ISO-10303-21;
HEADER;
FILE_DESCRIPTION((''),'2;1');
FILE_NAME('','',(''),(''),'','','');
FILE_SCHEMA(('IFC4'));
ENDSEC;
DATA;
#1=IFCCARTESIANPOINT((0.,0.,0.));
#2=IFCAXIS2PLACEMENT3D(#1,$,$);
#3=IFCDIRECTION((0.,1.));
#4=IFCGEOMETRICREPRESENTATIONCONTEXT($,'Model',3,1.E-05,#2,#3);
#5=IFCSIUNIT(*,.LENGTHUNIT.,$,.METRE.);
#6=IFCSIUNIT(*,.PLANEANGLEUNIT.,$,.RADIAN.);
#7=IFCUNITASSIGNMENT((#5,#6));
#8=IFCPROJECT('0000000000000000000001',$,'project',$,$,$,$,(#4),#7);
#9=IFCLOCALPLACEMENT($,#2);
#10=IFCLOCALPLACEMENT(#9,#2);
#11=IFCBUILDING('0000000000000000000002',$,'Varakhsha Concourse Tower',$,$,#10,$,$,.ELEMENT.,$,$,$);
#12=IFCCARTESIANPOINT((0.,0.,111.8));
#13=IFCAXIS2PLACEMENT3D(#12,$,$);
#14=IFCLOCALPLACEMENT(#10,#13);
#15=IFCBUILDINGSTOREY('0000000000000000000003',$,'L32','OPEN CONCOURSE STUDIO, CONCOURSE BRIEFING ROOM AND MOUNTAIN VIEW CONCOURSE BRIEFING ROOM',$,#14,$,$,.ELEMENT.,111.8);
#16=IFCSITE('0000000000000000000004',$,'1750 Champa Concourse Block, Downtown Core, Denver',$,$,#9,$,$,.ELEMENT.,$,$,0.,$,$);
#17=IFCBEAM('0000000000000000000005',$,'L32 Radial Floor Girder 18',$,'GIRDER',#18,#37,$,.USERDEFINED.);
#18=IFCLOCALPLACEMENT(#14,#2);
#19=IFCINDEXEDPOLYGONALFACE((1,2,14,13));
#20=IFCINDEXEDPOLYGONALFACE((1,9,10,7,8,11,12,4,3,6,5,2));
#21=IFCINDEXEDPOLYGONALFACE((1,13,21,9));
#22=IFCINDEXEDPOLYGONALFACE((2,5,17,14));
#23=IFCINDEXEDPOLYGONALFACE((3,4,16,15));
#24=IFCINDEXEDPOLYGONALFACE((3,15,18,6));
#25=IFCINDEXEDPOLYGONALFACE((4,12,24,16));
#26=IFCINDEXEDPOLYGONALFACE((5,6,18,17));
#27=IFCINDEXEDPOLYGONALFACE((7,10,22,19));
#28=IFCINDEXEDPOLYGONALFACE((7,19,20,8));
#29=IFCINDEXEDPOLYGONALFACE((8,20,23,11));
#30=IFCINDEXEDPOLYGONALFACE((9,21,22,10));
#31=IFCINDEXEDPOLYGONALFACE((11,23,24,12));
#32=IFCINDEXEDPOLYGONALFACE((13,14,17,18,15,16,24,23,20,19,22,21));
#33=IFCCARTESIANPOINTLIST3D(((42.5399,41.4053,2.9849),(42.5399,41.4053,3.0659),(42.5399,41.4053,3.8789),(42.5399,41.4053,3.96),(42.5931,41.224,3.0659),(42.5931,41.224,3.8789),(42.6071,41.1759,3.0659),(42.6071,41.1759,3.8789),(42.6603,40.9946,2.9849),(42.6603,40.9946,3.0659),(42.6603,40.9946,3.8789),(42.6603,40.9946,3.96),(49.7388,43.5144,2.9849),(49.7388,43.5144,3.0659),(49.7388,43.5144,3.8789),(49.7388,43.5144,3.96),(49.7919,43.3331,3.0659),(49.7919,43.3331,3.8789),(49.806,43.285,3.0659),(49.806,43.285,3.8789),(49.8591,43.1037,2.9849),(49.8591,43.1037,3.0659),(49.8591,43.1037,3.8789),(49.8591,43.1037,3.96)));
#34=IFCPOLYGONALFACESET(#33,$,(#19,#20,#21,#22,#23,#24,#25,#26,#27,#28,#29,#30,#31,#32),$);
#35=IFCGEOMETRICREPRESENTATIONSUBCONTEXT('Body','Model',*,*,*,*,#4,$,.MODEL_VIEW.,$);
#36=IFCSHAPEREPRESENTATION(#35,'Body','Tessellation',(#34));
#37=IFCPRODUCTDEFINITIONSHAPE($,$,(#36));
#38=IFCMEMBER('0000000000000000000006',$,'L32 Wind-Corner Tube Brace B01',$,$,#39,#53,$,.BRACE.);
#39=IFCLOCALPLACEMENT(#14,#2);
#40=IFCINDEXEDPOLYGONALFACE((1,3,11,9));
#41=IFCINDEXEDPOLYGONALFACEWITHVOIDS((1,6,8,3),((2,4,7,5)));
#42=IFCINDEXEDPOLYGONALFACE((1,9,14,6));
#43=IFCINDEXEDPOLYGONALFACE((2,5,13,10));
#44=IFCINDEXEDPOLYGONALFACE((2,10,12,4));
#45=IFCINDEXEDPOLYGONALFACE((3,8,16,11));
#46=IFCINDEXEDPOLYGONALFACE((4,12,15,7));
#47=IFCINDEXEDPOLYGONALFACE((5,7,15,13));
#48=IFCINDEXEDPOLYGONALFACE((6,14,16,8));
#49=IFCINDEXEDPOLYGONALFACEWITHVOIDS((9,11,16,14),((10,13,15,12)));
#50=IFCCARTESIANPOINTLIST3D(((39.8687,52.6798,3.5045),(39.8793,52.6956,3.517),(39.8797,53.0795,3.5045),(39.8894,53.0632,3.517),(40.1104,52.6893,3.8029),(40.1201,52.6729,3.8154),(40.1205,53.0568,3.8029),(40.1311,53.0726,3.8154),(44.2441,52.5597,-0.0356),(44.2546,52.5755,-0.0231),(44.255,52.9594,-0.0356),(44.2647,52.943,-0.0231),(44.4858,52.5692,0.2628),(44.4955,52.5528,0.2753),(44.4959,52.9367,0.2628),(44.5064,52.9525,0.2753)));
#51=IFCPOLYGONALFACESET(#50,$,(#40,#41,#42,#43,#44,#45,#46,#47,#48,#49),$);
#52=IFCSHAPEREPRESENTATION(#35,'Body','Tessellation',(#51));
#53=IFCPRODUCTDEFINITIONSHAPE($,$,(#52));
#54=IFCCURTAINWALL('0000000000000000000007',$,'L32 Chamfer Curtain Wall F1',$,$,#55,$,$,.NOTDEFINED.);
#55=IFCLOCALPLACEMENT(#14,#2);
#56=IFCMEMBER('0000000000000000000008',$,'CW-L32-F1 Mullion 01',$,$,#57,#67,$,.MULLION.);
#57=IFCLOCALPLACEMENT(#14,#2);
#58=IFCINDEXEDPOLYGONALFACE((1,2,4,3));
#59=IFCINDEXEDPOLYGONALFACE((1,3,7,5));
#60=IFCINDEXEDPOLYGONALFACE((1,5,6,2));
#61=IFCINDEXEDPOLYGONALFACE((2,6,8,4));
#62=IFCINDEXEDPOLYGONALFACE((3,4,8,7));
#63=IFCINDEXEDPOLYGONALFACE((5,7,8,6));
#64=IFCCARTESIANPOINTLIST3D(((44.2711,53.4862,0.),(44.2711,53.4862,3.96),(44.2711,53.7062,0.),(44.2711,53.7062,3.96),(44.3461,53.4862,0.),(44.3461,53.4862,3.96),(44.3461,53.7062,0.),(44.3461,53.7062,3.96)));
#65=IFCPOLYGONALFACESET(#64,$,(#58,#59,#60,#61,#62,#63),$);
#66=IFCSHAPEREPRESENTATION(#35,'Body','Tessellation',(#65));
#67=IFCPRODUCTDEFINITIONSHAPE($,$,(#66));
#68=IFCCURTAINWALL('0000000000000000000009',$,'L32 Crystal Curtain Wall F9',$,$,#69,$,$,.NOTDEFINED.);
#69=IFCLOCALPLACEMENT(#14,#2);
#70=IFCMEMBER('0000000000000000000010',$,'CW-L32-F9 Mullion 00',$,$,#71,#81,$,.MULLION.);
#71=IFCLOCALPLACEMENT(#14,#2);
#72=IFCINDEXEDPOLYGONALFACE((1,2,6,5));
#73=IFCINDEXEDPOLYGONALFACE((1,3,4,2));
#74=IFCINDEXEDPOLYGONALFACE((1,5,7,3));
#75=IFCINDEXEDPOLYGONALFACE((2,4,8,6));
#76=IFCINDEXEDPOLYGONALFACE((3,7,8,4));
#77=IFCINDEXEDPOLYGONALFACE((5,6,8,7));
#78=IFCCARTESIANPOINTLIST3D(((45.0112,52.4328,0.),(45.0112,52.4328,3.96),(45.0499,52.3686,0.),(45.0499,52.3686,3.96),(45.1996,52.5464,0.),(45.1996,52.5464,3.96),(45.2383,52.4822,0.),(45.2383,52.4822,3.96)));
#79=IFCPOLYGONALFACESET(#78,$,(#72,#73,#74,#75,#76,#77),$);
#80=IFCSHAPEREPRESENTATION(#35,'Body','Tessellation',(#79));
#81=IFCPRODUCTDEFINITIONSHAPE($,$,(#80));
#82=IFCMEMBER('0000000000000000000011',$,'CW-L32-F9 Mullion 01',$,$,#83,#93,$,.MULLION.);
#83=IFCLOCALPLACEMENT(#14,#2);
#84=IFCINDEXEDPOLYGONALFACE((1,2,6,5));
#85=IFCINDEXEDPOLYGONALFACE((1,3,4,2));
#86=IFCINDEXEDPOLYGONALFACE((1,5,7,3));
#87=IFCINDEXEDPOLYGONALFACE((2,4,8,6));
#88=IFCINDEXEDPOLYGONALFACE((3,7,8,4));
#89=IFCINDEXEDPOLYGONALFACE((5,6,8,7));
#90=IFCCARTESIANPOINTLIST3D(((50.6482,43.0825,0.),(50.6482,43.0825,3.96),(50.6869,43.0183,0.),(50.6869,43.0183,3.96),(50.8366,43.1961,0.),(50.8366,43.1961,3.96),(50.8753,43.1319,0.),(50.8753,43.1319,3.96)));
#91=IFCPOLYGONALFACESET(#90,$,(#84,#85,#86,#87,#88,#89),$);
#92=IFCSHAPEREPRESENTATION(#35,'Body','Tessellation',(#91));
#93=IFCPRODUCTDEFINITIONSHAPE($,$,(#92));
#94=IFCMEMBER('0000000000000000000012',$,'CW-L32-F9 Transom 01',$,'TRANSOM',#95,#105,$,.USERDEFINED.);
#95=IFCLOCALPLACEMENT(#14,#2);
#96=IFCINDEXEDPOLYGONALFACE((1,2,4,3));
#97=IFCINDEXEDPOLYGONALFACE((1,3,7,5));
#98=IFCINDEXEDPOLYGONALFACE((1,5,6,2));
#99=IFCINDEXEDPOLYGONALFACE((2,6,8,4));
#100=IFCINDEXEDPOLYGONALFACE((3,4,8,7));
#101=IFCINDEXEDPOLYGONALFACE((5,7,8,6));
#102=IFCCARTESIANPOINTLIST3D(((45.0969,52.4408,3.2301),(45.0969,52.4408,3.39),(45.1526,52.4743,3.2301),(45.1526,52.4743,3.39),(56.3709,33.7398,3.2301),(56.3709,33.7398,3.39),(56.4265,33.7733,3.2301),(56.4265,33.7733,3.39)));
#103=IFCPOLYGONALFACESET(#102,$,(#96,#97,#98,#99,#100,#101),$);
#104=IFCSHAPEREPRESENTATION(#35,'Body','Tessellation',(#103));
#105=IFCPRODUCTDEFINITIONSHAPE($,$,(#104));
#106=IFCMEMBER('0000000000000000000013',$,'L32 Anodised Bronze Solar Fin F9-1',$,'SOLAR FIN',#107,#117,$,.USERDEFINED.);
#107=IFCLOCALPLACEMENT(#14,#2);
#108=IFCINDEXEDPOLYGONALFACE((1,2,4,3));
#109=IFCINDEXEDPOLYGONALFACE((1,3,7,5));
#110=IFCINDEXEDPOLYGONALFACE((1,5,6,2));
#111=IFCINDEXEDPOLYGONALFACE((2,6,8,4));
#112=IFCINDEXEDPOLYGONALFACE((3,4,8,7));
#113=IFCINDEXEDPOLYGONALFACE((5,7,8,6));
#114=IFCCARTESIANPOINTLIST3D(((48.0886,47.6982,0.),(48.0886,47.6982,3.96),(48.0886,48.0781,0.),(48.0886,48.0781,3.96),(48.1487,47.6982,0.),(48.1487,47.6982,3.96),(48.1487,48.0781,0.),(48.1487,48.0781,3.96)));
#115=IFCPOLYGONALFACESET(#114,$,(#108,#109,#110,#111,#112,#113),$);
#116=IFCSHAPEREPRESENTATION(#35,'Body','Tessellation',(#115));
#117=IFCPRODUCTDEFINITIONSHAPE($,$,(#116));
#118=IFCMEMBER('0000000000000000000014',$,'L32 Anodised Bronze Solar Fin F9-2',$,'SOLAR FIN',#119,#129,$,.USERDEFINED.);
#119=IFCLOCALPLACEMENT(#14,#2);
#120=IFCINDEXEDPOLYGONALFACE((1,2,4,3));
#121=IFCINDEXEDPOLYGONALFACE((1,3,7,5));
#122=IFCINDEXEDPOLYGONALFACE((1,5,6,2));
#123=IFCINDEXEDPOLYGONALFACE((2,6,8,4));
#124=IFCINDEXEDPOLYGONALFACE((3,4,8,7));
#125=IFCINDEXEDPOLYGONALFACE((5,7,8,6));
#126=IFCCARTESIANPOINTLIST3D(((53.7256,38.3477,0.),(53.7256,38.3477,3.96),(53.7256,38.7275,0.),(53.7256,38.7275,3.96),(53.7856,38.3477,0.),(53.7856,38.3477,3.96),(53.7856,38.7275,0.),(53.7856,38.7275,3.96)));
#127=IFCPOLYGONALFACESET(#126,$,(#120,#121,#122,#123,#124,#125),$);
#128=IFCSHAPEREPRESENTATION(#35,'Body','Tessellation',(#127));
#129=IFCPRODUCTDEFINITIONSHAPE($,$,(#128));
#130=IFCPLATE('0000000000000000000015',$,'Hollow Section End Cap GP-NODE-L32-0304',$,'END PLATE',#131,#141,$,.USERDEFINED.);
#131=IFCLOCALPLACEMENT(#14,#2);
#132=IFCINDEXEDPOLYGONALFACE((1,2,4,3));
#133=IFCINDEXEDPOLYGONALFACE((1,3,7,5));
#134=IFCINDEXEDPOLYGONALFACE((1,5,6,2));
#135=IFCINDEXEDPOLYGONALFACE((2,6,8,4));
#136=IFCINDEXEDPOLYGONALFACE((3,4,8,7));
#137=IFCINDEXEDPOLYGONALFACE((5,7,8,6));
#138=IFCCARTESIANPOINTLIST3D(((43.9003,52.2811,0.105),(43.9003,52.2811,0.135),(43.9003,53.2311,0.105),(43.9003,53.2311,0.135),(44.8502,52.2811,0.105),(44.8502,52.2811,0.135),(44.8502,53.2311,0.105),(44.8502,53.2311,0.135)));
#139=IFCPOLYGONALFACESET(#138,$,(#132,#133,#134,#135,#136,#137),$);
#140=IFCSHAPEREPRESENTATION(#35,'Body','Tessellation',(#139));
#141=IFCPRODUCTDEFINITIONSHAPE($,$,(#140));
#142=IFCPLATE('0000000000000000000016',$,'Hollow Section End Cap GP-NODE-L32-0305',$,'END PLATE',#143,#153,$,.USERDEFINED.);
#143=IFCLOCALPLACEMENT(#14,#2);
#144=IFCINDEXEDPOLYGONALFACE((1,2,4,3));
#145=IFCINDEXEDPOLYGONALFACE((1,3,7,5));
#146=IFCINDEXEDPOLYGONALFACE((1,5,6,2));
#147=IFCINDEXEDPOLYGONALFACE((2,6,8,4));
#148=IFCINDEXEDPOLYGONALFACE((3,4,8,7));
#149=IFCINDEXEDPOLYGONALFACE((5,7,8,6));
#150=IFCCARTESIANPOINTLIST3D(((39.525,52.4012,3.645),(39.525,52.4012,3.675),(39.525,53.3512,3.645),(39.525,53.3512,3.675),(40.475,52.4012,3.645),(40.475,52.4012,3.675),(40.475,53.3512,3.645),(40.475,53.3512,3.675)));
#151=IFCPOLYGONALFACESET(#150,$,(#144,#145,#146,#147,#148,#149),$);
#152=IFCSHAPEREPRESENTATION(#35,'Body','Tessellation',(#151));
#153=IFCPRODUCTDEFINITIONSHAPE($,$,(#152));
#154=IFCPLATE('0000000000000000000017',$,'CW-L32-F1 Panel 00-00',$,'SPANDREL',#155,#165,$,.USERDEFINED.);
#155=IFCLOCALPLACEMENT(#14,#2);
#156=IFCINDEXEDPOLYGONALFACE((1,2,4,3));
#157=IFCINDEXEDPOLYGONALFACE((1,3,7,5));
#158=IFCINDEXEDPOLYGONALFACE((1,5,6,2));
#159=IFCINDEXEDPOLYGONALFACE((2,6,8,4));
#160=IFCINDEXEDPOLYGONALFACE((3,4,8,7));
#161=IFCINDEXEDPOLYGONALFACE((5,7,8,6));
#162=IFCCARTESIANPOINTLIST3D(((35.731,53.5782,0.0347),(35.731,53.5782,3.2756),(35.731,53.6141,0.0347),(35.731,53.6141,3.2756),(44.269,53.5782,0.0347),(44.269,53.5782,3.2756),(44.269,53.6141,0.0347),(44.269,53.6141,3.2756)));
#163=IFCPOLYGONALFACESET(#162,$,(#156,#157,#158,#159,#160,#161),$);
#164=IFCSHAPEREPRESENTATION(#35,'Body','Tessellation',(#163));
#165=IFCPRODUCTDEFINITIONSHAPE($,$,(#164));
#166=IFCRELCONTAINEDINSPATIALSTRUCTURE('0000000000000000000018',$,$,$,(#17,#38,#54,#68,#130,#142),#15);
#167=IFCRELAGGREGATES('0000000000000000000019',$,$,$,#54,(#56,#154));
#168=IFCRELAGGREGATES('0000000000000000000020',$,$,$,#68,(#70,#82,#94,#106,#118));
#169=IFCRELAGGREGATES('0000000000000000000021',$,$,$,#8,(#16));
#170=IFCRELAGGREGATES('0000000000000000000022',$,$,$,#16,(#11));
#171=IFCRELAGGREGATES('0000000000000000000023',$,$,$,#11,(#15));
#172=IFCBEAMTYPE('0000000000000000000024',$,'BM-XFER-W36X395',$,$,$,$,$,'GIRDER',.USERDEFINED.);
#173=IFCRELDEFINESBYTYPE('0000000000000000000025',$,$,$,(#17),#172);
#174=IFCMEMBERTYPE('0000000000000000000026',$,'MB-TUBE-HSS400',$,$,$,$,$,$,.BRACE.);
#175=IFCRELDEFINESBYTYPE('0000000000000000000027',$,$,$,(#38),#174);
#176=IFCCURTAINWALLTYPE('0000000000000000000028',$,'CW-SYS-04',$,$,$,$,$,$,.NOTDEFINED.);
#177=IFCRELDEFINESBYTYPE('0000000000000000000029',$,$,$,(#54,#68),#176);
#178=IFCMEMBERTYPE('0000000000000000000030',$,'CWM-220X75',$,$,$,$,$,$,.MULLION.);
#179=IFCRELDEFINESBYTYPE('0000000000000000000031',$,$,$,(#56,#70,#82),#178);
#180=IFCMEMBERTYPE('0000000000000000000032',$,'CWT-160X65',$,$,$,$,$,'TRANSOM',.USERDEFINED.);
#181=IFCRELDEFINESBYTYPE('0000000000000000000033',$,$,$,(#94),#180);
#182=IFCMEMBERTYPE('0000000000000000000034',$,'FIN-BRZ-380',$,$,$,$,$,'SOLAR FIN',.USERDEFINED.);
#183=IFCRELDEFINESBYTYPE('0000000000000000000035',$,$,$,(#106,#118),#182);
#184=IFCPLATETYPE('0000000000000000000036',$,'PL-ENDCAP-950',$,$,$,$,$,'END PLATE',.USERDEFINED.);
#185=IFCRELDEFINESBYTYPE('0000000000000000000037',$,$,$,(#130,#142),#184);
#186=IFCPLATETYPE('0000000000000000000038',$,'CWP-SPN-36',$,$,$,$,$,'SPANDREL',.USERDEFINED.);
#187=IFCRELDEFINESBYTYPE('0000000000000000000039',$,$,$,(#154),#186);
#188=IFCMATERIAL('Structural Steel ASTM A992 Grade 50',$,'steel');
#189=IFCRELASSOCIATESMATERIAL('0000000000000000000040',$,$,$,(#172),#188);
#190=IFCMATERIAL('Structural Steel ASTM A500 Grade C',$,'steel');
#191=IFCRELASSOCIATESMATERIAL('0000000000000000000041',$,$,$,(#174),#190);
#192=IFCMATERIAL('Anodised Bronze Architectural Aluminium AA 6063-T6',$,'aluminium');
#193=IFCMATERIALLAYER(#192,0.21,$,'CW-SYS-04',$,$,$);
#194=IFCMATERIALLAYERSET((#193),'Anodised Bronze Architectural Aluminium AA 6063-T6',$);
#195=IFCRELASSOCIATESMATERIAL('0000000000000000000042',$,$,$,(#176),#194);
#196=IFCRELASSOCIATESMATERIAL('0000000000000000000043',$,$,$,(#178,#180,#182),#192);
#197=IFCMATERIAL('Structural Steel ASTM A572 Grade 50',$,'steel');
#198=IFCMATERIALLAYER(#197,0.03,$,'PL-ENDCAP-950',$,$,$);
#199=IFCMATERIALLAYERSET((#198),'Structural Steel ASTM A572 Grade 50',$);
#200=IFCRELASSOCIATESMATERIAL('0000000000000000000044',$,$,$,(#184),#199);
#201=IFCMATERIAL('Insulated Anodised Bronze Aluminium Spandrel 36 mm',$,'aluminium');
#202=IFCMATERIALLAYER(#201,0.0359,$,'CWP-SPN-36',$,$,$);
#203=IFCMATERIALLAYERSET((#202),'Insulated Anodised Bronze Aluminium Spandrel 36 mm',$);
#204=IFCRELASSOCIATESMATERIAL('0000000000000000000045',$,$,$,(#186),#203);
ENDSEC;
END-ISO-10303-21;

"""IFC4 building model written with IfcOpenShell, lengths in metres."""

from ifc_helpers import new_model, si_unit, direction, frame, origin, origin_2d, place, context, subcontext, project, spatial, rectangle, hollow_rectangle, i_section, extrude, source, transform, mapped, material, layer, layer_set, material_profile, profile_set, type_object, type_shapes, element, aggregate, save


model = new_model("IFC4")

# Units and contexts
model_context = context("Model", 3, precision=1e-05, world=origin(), true_north=direction((0.0, 1.0)))
body_context = subcontext(model_context, "Body", "Model", "MODEL_VIEW")
ifc_project = project(units=[si_unit("LENGTHUNIT", "METRE"), si_unit("PLANEANGLEUNIT", "RADIAN")], contexts=[model_context])

# Site, building, storey
site_placement = place(None, origin())
site = spatial("IfcSite", under=ifc_project, at=site_placement, Name="1750 Champa Concourse Block, Downtown Core, Denver", CompositionType="ELEMENT", RefElevation=0.0)
building_placement = place(site_placement, origin())
building = spatial("IfcBuilding", under=site, at=building_placement, Name="Varakhsha Concourse Tower", CompositionType="ELEMENT")
storey_placement = place(building_placement, frame((0.0, 0.0, 111.8)))
storey = spatial("IfcBuildingStorey", under=building, at=storey_placement, Name="L32", Description="OPEN CONCOURSE STUDIO, CONCOURSE BRIEFING ROOM AND MOUNTAIN VIEW CONCOURSE BRIEFING ROOM", CompositionType="ELEMENT", Elevation=111.8)

# Shared definitions
ifc_material_1 = material(Name="Structural Steel ASTM A992 Grade 50", Category="steel")
ifc_material_2 = material(Name="Structural Steel ASTM A572 Grade 50", Category="steel")

# Beam
ifc_material_profile_1 = material_profile(ifc_material_1, i_section(OverallWidth=0.428, OverallDepth=0.9751, WebThickness=0.05, FlangeThickness=0.0811, at=origin_2d()), Name="W36X395")
ifc_profile_set_1 = profile_set([ifc_material_profile_1], Name="Structural Steel ASTM A992 Grade 50")
beam_type_1 = type_object("IfcBeamType", Name="BM-XFER-W36X395", ElementType="GIRDER", PredefinedType="USERDEFINED", material=ifc_profile_set_1)
beam_1_placement = place(storey_placement, frame((42.6001, 41.2, 3.4724), z_axis=(0.959661, 0.281158, 0.0), x_axis=(-0.281158, 0.959661, 0.0)))
element("IfcBeam", 1, at=beam_1_placement, inside=storey, type_object=beam_type_1, Name="L32 Radial Floor Girder 18", ObjectType="GIRDER", PredefinedType="USERDEFINED", context=body_context, shape_type="SweptSolid", body=[
    extrude(i_section(OverallWidth=0.428, OverallDepth=0.9751, WebThickness=0.05, FlangeThickness=0.0811, at=origin_2d()), origin(), (0.0, 0.0, 1.0), 7.5015),
])

# Member
ifc_material_3 = material(Name="Structural Steel ASTM A500 Grade C", Category="steel")
ifc_material_profile_2 = material_profile(ifc_material_3, hollow_rectangle(XDim=0.3999, YDim=0.3999, WallThickness=0.0161, at=origin_2d()), Name="HSS 400x400x16")
ifc_profile_set_2 = profile_set([ifc_material_profile_2], Name="Structural Steel ASTM A500 Grade C")
member_type_1 = type_object("IfcMemberType", Name="MB-TUBE-HSS400", PredefinedType="BRACE", material=ifc_profile_set_2)
shared_shape_1 = source(origin(), body_context, "Body", "SweptSolid", [
    extrude(hollow_rectangle(XDim=0.3999, YDim=0.3999, WallThickness=0.0161, at=origin_2d()), origin(), (0.0, 0.0, 1.0), 5.6294),
])
type_shapes(member_type_1, [shared_shape_1])
member_1_placement = place(storey_placement, frame((44.3752, 52.7561, 0.1199), z_axis=(-0.777226, 0.021338, 0.628859), x_axis=(-0.027443, -0.999623, 0.0)))
element("IfcMember", 2, at=member_1_placement, inside=storey, type_object=member_type_1, Name="L32 Wind-Corner Tube Brace B01", PredefinedType="BRACE", context=body_context, shape_type="MappedRepresentation", body=[
    mapped(shared_shape_1, transform((0.0, 0.0, 0.0), scale=1.0)),
])

# Curtain wall, member
ifc_material_4 = material(Name="Anodised Bronze Architectural Aluminium AA 6063-T6", Category="aluminium")
ifc_layer_1 = layer(ifc_material_4, 0.21, Name="CW-SYS-04")
ifc_layer_set_1 = layer_set([ifc_layer_1], Name="Anodised Bronze Architectural Aluminium AA 6063-T6")
curtain_wall_type = type_object("IfcCurtainWallType", Name="CW-SYS-04", PredefinedType="NOTDEFINED", material=ifc_layer_set_1)
curtain_wall_1_placement = place(storey_placement, origin())
curtain_wall_1 = element("IfcCurtainWall", 3, at=curtain_wall_1_placement, inside=storey, type_object=curtain_wall_type, Name="L32 Chamfer Curtain Wall F1", PredefinedType="NOTDEFINED")
ifc_material_profile_3 = material_profile(ifc_material_4, rectangle(XDim=0.075, YDim=0.22, at=origin_2d()), Name="CWM-220X75")
ifc_profile_set_3 = profile_set([ifc_material_profile_3], Name="Anodised Bronze Architectural Aluminium AA 6063-T6")
member_type_2 = type_object("IfcMemberType", Name="CWM-220X75", PredefinedType="MULLION", material=ifc_profile_set_3)
shared_shape_2 = source(origin(), body_context, "Body", "SweptSolid", [
    extrude(rectangle(XDim=0.075, YDim=0.22, at=origin_2d()), origin(), (0.0, 0.0, 1.0), 3.96),
])
type_shapes(member_type_2, [shared_shape_2])
member_2_placement = place(storey_placement, frame((44.3086, 53.5962, 0.0), z_axis=(0.0, 0.0, 1.0), x_axis=(1.0, 0.0, 0.0)))
member_2 = element("IfcMember", 4, at=member_2_placement, type_object=member_type_2, Name="CW-L32-F1 Mullion 01", PredefinedType="MULLION", context=body_context, shape_type="MappedRepresentation", body=[
    mapped(shared_shape_2, transform((0.0, 0.0, 0.0), scale=1.0)),
])

# Curtain wall, members
curtain_wall_2_placement = place(storey_placement, origin())
curtain_wall_2 = element("IfcCurtainWall", 5, at=curtain_wall_2_placement, inside=storey, type_object=curtain_wall_type, Name="L32 Crystal Curtain Wall F9", PredefinedType="NOTDEFINED")
member_3_placement = place(storey_placement, frame((45.1248, 52.4575, 0.0), z_axis=(0.0, 0.0, 1.0), x_axis=(0.51629, -0.856414, 0.0)))
member_3 = element("IfcMember", 6, at=member_3_placement, type_object=member_type_2, Name="CW-L32-F9 Mullion 00", PredefinedType="MULLION", context=body_context, shape_type="MappedRepresentation", body=[
    mapped(shared_shape_2, transform((0.0, 0.0, 0.0), scale=1.0)),
])
member_4_placement = place(storey_placement, frame((50.7617, 43.1072, 0.0), z_axis=(0.0, 0.0, 1.0), x_axis=(0.51629, -0.856414, 0.0)))
member_4 = element("IfcMember", 7, at=member_4_placement, type_object=member_type_2, Name="CW-L32-F9 Mullion 01", PredefinedType="MULLION", context=body_context, shape_type="MappedRepresentation", body=[
    mapped(shared_shape_2, transform((0.0, 0.0, 0.0), scale=1.0)),
])
ifc_material_profile_4 = material_profile(ifc_material_4, rectangle(XDim=0.0649, YDim=0.1599, at=origin_2d()), Name="CWT-160X65")
ifc_profile_set_4 = profile_set([ifc_material_profile_4], Name="Anodised Bronze Architectural Aluminium AA 6063-T6")
member_type_3 = type_object("IfcMemberType", Name="CWT-160X65", ElementType="TRANSOM", PredefinedType="USERDEFINED", material=ifc_profile_set_4)
shared_shape_3 = source(origin(), body_context, "Body", "SweptSolid", [
    extrude(rectangle(XDim=0.0649, YDim=0.1599, at=origin_2d()), origin(), (0.0, 0.0, 1.0), 21.8364),
])
type_shapes(member_type_3, [shared_shape_3])
member_5_placement = place(storey_placement, frame((45.1248, 52.4575, 3.3101), z_axis=(0.516292, -0.856413, 0.0), x_axis=(0.856413, 0.516292, 0.0)))
member_5 = element("IfcMember", 8, at=member_5_placement, type_object=member_type_3, Name="CW-L32-F9 Transom 01", ObjectType="TRANSOM", PredefinedType="USERDEFINED", context=body_context, shape_type="MappedRepresentation", body=[
    mapped(shared_shape_3, transform((0.0, 0.0, 0.0), scale=1.0)),
])
ifc_material_profile_5 = material_profile(ifc_material_4, rectangle(XDim=0.0601, YDim=0.3799, at=origin_2d()), Name="FIN-BRZ-380")
ifc_profile_set_5 = profile_set([ifc_material_profile_5], Name="Anodised Bronze Architectural Aluminium AA 6063-T6")
member_type_4 = type_object("IfcMemberType", Name="FIN-BRZ-380", ElementType="SOLAR FIN", PredefinedType="USERDEFINED", material=ifc_profile_set_5)
shared_shape_4 = source(origin(), body_context, "Body", "SweptSolid", [
    extrude(rectangle(XDim=0.0601, YDim=0.3799, at=origin_2d()), origin(), (0.0, 0.0, 1.0), 3.96),
])
type_shapes(member_type_4, [shared_shape_4])
member_6_placement = place(storey_placement, frame((48.1187, 47.8882, 0.0), z_axis=(0.0, 0.0, 1.0), x_axis=(1.0, 0.0, 0.0)))
member_6 = element("IfcMember", 9, at=member_6_placement, type_object=member_type_4, Name="L32 Anodised Bronze Solar Fin F9-1", ObjectType="SOLAR FIN", PredefinedType="USERDEFINED", context=body_context, shape_type="MappedRepresentation", body=[
    mapped(shared_shape_4, transform((0.0, 0.0, 0.0), scale=1.0)),
])
member_7_placement = place(storey_placement, frame((53.7556, 38.5376, 0.0), z_axis=(0.0, 0.0, 1.0), x_axis=(1.0, 0.0, 0.0)))
member_7 = element("IfcMember", 10, at=member_7_placement, type_object=member_type_4, Name="L32 Anodised Bronze Solar Fin F9-2", ObjectType="SOLAR FIN", PredefinedType="USERDEFINED", context=body_context, shape_type="MappedRepresentation", body=[
    mapped(shared_shape_4, transform((0.0, 0.0, 0.0), scale=1.0)),
])

# Plates
ifc_layer_2 = layer(ifc_material_2, 0.03, Name="PL-ENDCAP-950")
ifc_layer_set_2 = layer_set([ifc_layer_2], Name="Structural Steel ASTM A572 Grade 50")
plate_type_1 = type_object("IfcPlateType", Name="PL-ENDCAP-950", ElementType="END PLATE", PredefinedType="USERDEFINED", material=ifc_layer_set_2)
shared_shape_5 = source(origin(), body_context, "Body", "SweptSolid", [
    extrude(rectangle(XDim=0.95, YDim=0.95, at=origin_2d()), origin(), (0.0, 0.0, 1.0), 0.03),
])
type_shapes(plate_type_1, [shared_shape_5])
for number, where, z_axis, x_axis, name in (
    (11, (44.3752, 52.7561, 0.105), (0.0, 0.0, 1.0), (1.0, 0.0, 0.0), "Hollow Section End Cap GP-NODE-L32-0304"),
    (12, (40.0, 52.8762, 3.645), (0.0, 0.0, 1.0), (1.0, 0.0, 0.0), "Hollow Section End Cap GP-NODE-L32-0305"),
):
    element("IfcPlate", number, at=place(storey_placement, frame(where, z_axis=z_axis, x_axis=x_axis)), inside=storey, type_object=plate_type_1, Name=name, ObjectType="END PLATE", PredefinedType="USERDEFINED", context=body_context, shape_type="MappedRepresentation", body=[
        mapped(shared_shape_5, transform((0.0, 0.0, 0.0), scale=1.0)),
    ])

# Plate
ifc_material_5 = material(Name="Insulated Anodised Bronze Aluminium Spandrel 36 mm", Category="aluminium")
ifc_layer_3 = layer(ifc_material_5, 0.0359, Name="CWP-SPN-36")
ifc_layer_set_3 = layer_set([ifc_layer_3], Name="Insulated Anodised Bronze Aluminium Spandrel 36 mm")
plate_type_2 = type_object("IfcPlateType", Name="CWP-SPN-36", ElementType="SPANDREL", PredefinedType="USERDEFINED", material=ifc_layer_set_3)
shared_shape_6 = source(origin(), body_context, "Body", "SweptSolid", [
    extrude(rectangle(XDim=8.5381, YDim=0.0359, at=origin_2d()), origin(), (0.0, 0.0, 1.0), 3.241),
])
type_shapes(plate_type_2, [shared_shape_6])
plate_1_placement = place(storey_placement, frame((40.0, 53.5962, 0.0347), z_axis=(0.0, 0.0, 1.0), x_axis=(1.0, 0.0, 0.0)))
plate_1 = element("IfcPlate", 13, at=plate_1_placement, type_object=plate_type_2, Name="CW-L32-F1 Panel 00-00", ObjectType="SPANDREL", PredefinedType="USERDEFINED", context=body_context, shape_type="MappedRepresentation", body=[
    mapped(shared_shape_6, transform((0.0, 0.0, 0.0), scale=1.0)),
])
aggregate(curtain_wall_1, [member_2, plate_1])
aggregate(curtain_wall_2, [member_3, member_4, member_5, member_6, member_7])

save(model, "model.ifc")
